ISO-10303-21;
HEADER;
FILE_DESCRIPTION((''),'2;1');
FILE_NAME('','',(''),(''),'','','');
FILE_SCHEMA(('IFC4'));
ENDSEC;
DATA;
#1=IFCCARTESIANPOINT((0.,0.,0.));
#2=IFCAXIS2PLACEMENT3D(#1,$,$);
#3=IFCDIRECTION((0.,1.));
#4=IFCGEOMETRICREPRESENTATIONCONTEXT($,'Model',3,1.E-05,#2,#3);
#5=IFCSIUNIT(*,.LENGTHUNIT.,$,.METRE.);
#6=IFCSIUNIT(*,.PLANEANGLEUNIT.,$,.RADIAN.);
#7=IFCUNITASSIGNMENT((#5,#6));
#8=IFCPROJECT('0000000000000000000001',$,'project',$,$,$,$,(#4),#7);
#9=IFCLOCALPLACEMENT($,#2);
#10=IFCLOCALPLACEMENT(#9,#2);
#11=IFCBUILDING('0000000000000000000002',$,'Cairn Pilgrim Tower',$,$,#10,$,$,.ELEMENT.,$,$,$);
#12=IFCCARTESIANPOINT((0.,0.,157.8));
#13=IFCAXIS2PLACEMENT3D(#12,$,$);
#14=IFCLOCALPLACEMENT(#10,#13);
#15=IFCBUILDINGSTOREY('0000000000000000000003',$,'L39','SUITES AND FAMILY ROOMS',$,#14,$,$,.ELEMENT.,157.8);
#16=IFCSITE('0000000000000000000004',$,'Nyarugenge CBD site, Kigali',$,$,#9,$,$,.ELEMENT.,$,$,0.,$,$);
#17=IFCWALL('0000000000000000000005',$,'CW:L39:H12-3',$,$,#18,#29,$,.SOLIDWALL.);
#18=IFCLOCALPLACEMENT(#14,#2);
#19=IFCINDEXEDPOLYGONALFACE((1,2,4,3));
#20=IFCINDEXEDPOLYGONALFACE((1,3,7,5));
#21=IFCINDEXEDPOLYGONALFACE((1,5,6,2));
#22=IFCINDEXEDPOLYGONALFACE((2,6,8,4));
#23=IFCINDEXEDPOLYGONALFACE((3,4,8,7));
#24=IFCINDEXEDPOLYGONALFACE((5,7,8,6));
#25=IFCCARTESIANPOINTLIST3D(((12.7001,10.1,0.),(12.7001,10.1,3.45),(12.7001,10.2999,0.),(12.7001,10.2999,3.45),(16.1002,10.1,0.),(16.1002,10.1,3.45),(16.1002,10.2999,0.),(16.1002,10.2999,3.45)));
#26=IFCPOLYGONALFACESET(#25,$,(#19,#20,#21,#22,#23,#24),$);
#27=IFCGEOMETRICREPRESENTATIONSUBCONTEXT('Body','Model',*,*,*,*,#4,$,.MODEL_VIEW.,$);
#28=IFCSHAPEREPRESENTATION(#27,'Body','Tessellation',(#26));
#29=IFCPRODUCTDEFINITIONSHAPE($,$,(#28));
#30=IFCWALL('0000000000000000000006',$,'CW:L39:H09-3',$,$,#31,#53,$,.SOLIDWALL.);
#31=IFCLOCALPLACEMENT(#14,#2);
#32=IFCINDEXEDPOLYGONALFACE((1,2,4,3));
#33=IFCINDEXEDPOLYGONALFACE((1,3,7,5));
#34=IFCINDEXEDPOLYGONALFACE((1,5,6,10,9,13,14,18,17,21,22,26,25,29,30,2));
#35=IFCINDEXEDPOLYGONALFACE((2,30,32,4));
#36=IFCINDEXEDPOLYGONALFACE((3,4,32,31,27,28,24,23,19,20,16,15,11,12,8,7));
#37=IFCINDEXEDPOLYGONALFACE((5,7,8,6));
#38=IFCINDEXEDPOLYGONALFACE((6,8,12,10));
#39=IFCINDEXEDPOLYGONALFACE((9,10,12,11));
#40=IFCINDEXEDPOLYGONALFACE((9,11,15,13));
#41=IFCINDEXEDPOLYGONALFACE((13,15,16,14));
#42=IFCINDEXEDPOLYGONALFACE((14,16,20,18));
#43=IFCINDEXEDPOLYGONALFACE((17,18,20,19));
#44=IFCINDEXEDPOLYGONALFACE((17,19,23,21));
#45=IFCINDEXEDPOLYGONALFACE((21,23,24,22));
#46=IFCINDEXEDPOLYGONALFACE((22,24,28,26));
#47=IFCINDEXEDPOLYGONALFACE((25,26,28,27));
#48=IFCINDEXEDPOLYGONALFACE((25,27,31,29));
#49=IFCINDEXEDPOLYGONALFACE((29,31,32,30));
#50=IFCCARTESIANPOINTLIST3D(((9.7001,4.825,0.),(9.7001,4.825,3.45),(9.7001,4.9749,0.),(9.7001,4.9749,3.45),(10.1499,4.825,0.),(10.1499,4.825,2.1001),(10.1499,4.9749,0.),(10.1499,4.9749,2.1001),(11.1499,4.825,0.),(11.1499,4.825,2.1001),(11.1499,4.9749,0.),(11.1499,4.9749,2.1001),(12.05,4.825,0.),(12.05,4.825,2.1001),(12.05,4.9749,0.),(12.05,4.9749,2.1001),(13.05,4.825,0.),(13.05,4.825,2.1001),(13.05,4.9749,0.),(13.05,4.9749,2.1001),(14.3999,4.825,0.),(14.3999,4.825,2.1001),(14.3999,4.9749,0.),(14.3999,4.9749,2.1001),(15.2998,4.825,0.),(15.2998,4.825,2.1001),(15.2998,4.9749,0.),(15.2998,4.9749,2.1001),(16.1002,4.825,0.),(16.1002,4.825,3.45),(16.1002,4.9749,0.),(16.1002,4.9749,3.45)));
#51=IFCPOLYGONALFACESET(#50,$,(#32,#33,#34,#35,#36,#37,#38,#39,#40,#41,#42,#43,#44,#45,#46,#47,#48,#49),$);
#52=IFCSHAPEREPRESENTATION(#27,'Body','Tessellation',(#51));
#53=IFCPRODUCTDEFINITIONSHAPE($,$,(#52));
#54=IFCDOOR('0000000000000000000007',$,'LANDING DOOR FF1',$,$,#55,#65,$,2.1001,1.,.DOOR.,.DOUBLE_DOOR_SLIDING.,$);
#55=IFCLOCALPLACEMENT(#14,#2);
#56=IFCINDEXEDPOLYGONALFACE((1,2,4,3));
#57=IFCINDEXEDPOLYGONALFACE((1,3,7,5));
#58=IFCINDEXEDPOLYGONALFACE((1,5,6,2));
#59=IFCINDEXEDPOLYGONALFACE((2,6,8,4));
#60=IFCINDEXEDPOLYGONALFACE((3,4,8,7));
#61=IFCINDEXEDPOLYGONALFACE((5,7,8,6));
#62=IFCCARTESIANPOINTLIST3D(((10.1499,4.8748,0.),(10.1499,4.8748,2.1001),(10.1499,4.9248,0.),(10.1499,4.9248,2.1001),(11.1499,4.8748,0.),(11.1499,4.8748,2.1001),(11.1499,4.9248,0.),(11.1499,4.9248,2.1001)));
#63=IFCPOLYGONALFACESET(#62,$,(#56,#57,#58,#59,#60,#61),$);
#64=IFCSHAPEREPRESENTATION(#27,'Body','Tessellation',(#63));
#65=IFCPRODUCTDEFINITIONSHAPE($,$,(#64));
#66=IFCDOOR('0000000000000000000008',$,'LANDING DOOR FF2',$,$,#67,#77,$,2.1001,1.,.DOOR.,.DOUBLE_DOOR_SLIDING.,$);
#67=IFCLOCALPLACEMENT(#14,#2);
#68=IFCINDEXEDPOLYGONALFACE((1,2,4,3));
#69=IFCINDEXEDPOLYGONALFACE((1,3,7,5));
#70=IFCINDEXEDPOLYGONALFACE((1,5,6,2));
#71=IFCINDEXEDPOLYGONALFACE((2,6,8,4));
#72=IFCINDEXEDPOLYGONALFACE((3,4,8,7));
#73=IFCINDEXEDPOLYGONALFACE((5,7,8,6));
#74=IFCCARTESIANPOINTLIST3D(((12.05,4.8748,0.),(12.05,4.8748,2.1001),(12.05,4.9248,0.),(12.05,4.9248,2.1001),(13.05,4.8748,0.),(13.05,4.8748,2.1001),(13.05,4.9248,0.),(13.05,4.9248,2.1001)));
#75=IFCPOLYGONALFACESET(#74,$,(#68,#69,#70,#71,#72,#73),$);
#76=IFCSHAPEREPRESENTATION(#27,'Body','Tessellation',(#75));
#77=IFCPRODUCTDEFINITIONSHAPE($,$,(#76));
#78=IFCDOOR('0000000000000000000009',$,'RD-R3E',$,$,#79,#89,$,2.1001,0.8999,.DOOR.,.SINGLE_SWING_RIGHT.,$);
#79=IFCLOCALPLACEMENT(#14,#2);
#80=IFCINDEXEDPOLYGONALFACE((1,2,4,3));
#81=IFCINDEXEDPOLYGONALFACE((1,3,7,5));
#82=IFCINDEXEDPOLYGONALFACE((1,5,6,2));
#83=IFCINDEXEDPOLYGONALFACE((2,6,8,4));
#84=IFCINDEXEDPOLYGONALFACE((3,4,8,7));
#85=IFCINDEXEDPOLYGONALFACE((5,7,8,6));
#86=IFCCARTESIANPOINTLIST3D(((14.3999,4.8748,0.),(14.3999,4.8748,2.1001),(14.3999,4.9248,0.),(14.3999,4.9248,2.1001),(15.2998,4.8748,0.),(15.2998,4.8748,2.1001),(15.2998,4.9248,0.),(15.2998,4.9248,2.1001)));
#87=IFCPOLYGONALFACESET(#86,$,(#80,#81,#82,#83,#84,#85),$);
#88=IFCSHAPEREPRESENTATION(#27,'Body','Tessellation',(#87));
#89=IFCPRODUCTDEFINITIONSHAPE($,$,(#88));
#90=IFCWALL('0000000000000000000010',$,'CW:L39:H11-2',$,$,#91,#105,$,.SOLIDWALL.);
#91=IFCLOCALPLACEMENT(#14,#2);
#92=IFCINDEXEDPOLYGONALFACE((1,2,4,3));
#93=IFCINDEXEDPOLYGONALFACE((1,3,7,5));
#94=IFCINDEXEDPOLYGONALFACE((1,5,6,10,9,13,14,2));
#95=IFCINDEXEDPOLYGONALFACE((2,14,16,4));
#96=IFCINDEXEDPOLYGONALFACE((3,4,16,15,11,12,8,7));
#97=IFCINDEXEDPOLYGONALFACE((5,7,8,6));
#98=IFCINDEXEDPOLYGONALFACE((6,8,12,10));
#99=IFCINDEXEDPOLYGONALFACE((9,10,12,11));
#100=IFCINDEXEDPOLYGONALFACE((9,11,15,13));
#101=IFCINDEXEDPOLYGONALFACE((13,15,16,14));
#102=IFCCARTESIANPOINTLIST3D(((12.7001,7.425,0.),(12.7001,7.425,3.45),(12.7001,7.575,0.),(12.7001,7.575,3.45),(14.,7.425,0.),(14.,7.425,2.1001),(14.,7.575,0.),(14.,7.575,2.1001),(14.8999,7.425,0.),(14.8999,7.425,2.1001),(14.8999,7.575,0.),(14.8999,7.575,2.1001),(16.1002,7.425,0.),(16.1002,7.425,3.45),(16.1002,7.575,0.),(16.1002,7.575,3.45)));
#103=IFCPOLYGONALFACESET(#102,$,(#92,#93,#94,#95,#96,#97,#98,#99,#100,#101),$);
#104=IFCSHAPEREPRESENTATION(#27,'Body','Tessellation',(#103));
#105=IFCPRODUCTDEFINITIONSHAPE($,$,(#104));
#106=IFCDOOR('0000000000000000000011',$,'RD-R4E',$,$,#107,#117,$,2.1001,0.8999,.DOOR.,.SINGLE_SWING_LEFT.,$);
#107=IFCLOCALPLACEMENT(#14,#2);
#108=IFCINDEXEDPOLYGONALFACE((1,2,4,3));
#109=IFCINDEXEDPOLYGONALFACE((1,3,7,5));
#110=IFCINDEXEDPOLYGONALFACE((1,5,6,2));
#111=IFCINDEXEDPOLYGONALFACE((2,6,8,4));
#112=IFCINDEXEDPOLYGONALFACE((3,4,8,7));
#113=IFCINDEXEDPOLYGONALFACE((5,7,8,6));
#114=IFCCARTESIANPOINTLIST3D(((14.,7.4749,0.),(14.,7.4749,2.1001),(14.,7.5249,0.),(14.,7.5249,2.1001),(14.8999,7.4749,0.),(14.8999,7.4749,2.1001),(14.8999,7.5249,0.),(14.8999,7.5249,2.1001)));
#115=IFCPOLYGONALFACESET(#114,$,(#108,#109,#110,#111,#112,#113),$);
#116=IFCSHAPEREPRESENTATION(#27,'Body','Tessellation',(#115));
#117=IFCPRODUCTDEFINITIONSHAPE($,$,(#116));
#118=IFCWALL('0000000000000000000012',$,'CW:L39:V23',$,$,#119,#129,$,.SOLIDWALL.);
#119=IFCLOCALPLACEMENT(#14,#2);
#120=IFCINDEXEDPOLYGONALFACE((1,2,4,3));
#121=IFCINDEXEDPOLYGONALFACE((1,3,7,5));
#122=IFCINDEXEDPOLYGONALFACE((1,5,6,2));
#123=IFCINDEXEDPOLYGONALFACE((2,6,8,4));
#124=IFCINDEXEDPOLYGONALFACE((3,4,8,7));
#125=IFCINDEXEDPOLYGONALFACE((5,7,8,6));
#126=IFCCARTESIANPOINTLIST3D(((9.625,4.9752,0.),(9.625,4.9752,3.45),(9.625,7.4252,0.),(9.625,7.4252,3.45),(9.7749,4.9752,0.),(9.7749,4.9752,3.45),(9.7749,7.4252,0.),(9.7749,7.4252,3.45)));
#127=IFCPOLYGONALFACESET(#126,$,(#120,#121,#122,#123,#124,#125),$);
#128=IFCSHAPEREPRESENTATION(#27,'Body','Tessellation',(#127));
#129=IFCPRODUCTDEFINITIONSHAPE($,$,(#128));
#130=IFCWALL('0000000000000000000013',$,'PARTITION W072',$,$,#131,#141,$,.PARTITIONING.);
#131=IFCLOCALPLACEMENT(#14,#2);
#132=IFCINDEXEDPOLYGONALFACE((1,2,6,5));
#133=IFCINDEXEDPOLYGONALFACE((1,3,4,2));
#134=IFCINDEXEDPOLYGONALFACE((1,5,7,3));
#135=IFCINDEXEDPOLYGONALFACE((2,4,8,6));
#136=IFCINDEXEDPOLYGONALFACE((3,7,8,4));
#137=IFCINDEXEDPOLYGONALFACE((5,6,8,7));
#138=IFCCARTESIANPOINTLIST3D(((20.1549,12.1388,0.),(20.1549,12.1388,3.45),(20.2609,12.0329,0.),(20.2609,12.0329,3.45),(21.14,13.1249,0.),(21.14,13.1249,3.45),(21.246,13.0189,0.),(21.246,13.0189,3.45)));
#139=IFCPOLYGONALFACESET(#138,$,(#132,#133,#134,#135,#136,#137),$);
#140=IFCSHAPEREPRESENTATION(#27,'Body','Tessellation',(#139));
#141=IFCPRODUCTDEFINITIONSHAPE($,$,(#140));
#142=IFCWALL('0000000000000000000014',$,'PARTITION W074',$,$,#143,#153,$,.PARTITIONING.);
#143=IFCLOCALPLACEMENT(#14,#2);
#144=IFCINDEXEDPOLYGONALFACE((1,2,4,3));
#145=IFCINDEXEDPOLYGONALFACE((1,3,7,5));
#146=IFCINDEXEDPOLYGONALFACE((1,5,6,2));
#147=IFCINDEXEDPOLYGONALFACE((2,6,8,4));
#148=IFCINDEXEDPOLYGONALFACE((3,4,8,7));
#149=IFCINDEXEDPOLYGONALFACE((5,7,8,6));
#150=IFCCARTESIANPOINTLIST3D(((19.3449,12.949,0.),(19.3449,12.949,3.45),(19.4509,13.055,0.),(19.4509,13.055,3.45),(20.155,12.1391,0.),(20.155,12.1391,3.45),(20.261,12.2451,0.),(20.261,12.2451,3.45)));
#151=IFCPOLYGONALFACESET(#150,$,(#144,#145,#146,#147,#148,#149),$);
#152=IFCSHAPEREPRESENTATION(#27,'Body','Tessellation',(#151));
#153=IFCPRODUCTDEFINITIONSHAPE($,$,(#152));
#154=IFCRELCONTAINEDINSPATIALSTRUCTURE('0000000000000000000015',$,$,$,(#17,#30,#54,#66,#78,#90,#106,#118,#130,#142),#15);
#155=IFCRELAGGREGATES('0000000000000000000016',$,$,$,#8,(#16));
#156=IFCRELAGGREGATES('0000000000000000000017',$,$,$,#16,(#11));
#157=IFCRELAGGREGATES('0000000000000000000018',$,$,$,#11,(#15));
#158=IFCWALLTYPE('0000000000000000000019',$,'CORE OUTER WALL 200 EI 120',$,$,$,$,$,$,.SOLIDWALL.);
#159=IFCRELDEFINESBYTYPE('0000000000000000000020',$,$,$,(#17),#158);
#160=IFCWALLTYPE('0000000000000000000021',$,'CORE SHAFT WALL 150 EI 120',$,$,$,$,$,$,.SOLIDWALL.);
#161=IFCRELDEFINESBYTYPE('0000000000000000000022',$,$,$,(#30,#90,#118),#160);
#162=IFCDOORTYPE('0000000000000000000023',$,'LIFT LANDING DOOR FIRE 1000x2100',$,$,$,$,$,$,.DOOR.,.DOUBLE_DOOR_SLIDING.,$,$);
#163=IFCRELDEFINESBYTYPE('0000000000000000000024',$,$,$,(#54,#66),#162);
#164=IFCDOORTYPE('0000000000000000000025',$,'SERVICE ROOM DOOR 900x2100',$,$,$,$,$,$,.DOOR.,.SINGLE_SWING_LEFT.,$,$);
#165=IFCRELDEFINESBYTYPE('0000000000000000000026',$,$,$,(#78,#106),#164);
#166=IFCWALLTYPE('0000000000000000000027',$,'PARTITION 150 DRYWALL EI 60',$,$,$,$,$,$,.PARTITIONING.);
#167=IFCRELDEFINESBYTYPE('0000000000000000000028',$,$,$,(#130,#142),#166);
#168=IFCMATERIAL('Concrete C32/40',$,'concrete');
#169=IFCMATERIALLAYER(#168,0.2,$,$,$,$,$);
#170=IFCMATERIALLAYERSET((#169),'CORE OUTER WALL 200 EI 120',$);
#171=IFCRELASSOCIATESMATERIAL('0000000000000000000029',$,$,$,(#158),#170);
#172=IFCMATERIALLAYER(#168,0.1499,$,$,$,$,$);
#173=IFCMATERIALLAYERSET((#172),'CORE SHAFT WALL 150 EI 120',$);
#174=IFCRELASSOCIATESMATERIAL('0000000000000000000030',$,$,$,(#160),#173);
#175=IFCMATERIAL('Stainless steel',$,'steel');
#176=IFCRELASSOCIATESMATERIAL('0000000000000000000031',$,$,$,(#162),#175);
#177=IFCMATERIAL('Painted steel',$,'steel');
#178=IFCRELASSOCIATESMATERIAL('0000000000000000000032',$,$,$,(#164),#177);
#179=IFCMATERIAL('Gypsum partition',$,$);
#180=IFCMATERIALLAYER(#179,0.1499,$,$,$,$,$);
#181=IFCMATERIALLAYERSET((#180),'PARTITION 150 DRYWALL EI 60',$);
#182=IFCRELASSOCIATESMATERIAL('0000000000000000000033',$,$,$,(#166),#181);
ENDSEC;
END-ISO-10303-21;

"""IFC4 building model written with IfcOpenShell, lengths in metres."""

from ifc_helpers import new_model, si_unit, direction, frame, frame_2d, origin, place, context, subcontext, project, spatial, rectangle, extrude, material, layer, layer_set, type_object, element, fill, save


model = new_model("IFC4")

# Units and contexts
model_context = context("Model", 3, precision=1e-05, world=origin(), true_north=direction((0.0, 1.0)))
body_context = subcontext(model_context, "Body", "Model", "MODEL_VIEW")
ifc_project = project(units=[si_unit("LENGTHUNIT", "METRE"), si_unit("PLANEANGLEUNIT", "RADIAN")], contexts=[model_context])

# Site, building, storey
site_placement = place(None, origin())
site = spatial("IfcSite", under=ifc_project, at=site_placement, Name="Nyarugenge CBD site, Kigali", CompositionType="ELEMENT", RefElevation=0.0)
building_placement = place(site_placement, origin())
building = spatial("IfcBuilding", under=site, at=building_placement, Name="Cairn Pilgrim Tower", CompositionType="ELEMENT")
storey_placement = place(building_placement, frame((0.0, 0.0, 157.8)))
storey = spatial("IfcBuildingStorey", under=building, at=storey_placement, Name="L39", Description="SUITES AND FAMILY ROOMS", CompositionType="ELEMENT", Elevation=157.8)

# Wall
ifc_material_1 = material(Name="Concrete C32/40", Category="concrete")
ifc_layer_1 = layer(ifc_material_1, 0.2)
ifc_layer_set_1 = layer_set([ifc_layer_1], Name="CORE OUTER WALL 200 EI 120")
wall_type_1 = type_object("IfcWallType", Name="CORE OUTER WALL 200 EI 120", PredefinedType="SOLIDWALL", material=ifc_layer_set_1)
wall_1_placement = place(storey_placement, frame((12.7, 10.2, 0.0), z_axis=(0.0, 0.0, 1.0), x_axis=(1.0, 0.0, 0.0)))
element("IfcWall", 1, at=wall_1_placement, inside=storey, type_object=wall_type_1, Name="CW:L39:H12-3", PredefinedType="SOLIDWALL", context=body_context, shape_type="SweptSolid", body=[
    extrude(rectangle(XDim=3.4001, YDim=0.2, at=frame_2d((1.7002, 0.0))), origin(), (0.0, 0.0, 1.0), 3.45),
])

# Wall, openings, doors
ifc_layer_2 = layer(ifc_material_1, 0.1499)
ifc_layer_set_2 = layer_set([ifc_layer_2], Name="CORE SHAFT WALL 150 EI 120")
wall_type_2 = type_object("IfcWallType", Name="CORE SHAFT WALL 150 EI 120", PredefinedType="SOLIDWALL", material=ifc_layer_set_2)
wall_2_placement = place(storey_placement, frame((9.7, 4.8999, 0.0), z_axis=(0.0, 0.0, 1.0), x_axis=(1.0, 0.0, 0.0)))
wall_2 = element("IfcWall", 2, at=wall_2_placement, inside=storey, type_object=wall_type_2, Name="CW:L39:H09-3", PredefinedType="SOLIDWALL", context=body_context, shape_type="SweptSolid", body=[
    extrude(rectangle(XDim=6.4001, YDim=0.1499, at=frame_2d((3.2002, 0.0))), origin(), (0.0, 0.0, 1.0), 3.45),
])
opening_1_placement = place(wall_2_placement, frame((0.45, 0.0, 0.0)))
opening_1 = element("IfcOpeningElement", 3, at=opening_1_placement, cuts=wall_2, PredefinedType="OPENING", context=body_context, shape_type="SweptSolid", body=[
    extrude(rectangle(XDim=1.0, YDim=2.1001, at=frame_2d((0.5, 1.05))), frame((0.0, 0.085, 0.0), z_axis=(0.0, -1.0, 0.0), x_axis=(1.0, 0.0, 0.0)), (0.0, 0.0, 1.0), 0.1699),
])
opening_2_placement = place(wall_2_placement, frame((2.3501, 0.0, 0.0)))
opening_2 = element("IfcOpeningElement", 4, at=opening_2_placement, cuts=wall_2, PredefinedType="OPENING", context=body_context, shape_type="SweptSolid", body=[
    extrude(rectangle(XDim=1.0, YDim=2.1001, at=frame_2d((0.5, 1.05))), frame((0.0, 0.085, 0.0), z_axis=(0.0, -1.0, 0.0), x_axis=(1.0, 0.0, 0.0)), (0.0, 0.0, 1.0), 0.1699),
])
opening_3_placement = place(wall_2_placement, frame((4.7, 0.0, 0.0)))
opening_3 = element("IfcOpeningElement", 5, at=opening_3_placement, cuts=wall_2, PredefinedType="OPENING", context=body_context, shape_type="SweptSolid", body=[
    extrude(rectangle(XDim=0.8999, YDim=2.1001, at=frame_2d((0.45, 1.05))), frame((0.0, 0.085, 0.0), z_axis=(0.0, -1.0, 0.0), x_axis=(1.0, 0.0, 0.0)), (0.0, 0.0, 1.0), 0.1699),
])
ifc_material_2 = material(Name="Stainless steel", Category="steel")
door_type_1 = type_object("IfcDoorType", Name="LIFT LANDING DOOR FIRE 1000x2100", OperationType="DOUBLE_DOOR_SLIDING", PredefinedType="DOOR", material=ifc_material_2)
door_1_placement = place(opening_1_placement, origin())
door_1 = element("IfcDoor", 6, at=door_1_placement, inside=storey, type_object=door_type_1, Name="LANDING DOOR FF1", OperationType="DOUBLE_DOOR_SLIDING", OverallHeight=2.1001, OverallWidth=1.0, PredefinedType="DOOR", context=body_context, shape_type="SweptSolid", body=[
    extrude(rectangle(XDim=1.0, YDim=2.1001, at=frame_2d((0.5, 1.05))), frame((0.0, 0.0249, 0.0), z_axis=(0.0, -1.0, 0.0), x_axis=(1.0, 0.0, 0.0)), (0.0, 0.0, 1.0), 0.05),
])
fill(opening_1, door_1)
door_2_placement = place(opening_2_placement, origin())
door_2 = element("IfcDoor", 7, at=door_2_placement, inside=storey, type_object=door_type_1, Name="LANDING DOOR FF2", OperationType="DOUBLE_DOOR_SLIDING", OverallHeight=2.1001, OverallWidth=1.0, PredefinedType="DOOR", context=body_context, shape_type="SweptSolid", body=[
    extrude(rectangle(XDim=1.0, YDim=2.1001, at=frame_2d((0.5, 1.05))), frame((0.0, 0.0249, 0.0), z_axis=(0.0, -1.0, 0.0), x_axis=(1.0, 0.0, 0.0)), (0.0, 0.0, 1.0), 0.05),
])
fill(opening_2, door_2)
ifc_material_3 = material(Name="Painted steel", Category="steel")
door_type_2 = type_object("IfcDoorType", Name="SERVICE ROOM DOOR 900x2100", OperationType="SINGLE_SWING_LEFT", PredefinedType="DOOR", material=ifc_material_3)
door_3_placement = place(opening_3_placement, origin())
door_3 = element("IfcDoor", 8, at=door_3_placement, inside=storey, type_object=door_type_2, Name="RD-R3E", OperationType="SINGLE_SWING_RIGHT", OverallHeight=2.1001, OverallWidth=0.8999, PredefinedType="DOOR", context=body_context, shape_type="SweptSolid", body=[
    extrude(rectangle(XDim=0.8999, YDim=2.1001, at=frame_2d((0.45, 1.05))), frame((0.0, 0.0249, 0.0), z_axis=(0.0, -1.0, 0.0), x_axis=(1.0, 0.0, 0.0)), (0.0, 0.0, 1.0), 0.05),
])
fill(opening_3, door_3)

# Wall, opening, door
wall_3_placement = place(storey_placement, frame((12.7, 7.5, 0.0), z_axis=(0.0, 0.0, 1.0), x_axis=(1.0, 0.0, 0.0)))
wall_3 = element("IfcWall", 9, at=wall_3_placement, inside=storey, type_object=wall_type_2, Name="CW:L39:H11-2", PredefinedType="SOLIDWALL", context=body_context, shape_type="SweptSolid", body=[
    extrude(rectangle(XDim=3.4001, YDim=0.1499, at=frame_2d((1.7002, 0.0))), origin(), (0.0, 0.0, 1.0), 3.45),
])
opening_4_placement = place(wall_3_placement, frame((1.3, 0.0, 0.0)))
opening_4 = element("IfcOpeningElement", 10, at=opening_4_placement, cuts=wall_3, PredefinedType="OPENING", context=body_context, shape_type="SweptSolid", body=[
    extrude(rectangle(XDim=0.8999, YDim=2.1001, at=frame_2d((0.45, 1.05))), frame((0.0, 0.085, 0.0), z_axis=(0.0, -1.0, 0.0), x_axis=(1.0, 0.0, 0.0)), (0.0, 0.0, 1.0), 0.1699),
])
door_4_placement = place(opening_4_placement, origin())
door_4 = element("IfcDoor", 11, at=door_4_placement, inside=storey, type_object=door_type_2, Name="RD-R4E", OperationType="SINGLE_SWING_LEFT", OverallHeight=2.1001, OverallWidth=0.8999, PredefinedType="DOOR", context=body_context, shape_type="SweptSolid", body=[
    extrude(rectangle(XDim=0.8999, YDim=2.1001, at=frame_2d((0.45, 1.05))), frame((0.0, 0.0249, 0.0), z_axis=(0.0, -1.0, 0.0), x_axis=(1.0, 0.0, 0.0)), (0.0, 0.0, 1.0), 0.05),
])
fill(opening_4, door_4)

# Walls
wall_4_placement = place(storey_placement, frame((9.7, 4.9751, 0.0), z_axis=(0.0, 0.0, 1.0), x_axis=(0.0, 1.0, 0.0)))
element("IfcWall", 12, at=wall_4_placement, inside=storey, type_object=wall_type_2, Name="CW:L39:V23", PredefinedType="SOLIDWALL", context=body_context, shape_type="SweptSolid", body=[
    extrude(rectangle(XDim=2.45, YDim=0.1499, at=frame_2d((1.2251, 0.0))), origin(), (0.0, 0.0, 1.0), 3.45),
])
ifc_material_4 = material(Name="Gypsum partition")
ifc_layer_3 = layer(ifc_material_4, 0.1499)
ifc_layer_set_3 = layer_set([ifc_layer_3], Name="PARTITION 150 DRYWALL EI 60")
wall_type_3 = type_object("IfcWallType", Name="PARTITION 150 DRYWALL EI 60", PredefinedType="PARTITIONING", material=ifc_layer_set_3)
wall_5_placement = place(storey_placement, frame((20.208, 12.0859, 0.0), z_axis=(0.0, 0.0, 1.0), x_axis=(0.706756, 0.707457, 0.0)))
element("IfcWall", 13, at=wall_5_placement, inside=storey, type_object=wall_type_3, Name="PARTITION W072", PredefinedType="PARTITIONING", context=body_context, shape_type="SweptSolid", body=[
    extrude(rectangle(XDim=1.3938, YDim=0.1499, at=frame_2d((0.6968, 0.0))), origin(), (0.0, 0.0, 1.0), 3.45),
])
wall_6_placement = place(storey_placement, frame((20.208, 12.1921, 0.0), z_axis=(0.0, 0.0, 1.0), x_axis=(-0.707213, 0.707, 0.0)))
element("IfcWall", 14, at=wall_6_placement, inside=storey, type_object=wall_type_3, Name="PARTITION W074", PredefinedType="PARTITIONING", context=body_context, shape_type="SweptSolid", body=[
    extrude(rectangle(XDim=1.1455, YDim=0.1499, at=frame_2d((0.5728, 0.0))), origin(), (0.0, 0.0, 1.0), 3.45),
])

save(model, "model.ifc")
